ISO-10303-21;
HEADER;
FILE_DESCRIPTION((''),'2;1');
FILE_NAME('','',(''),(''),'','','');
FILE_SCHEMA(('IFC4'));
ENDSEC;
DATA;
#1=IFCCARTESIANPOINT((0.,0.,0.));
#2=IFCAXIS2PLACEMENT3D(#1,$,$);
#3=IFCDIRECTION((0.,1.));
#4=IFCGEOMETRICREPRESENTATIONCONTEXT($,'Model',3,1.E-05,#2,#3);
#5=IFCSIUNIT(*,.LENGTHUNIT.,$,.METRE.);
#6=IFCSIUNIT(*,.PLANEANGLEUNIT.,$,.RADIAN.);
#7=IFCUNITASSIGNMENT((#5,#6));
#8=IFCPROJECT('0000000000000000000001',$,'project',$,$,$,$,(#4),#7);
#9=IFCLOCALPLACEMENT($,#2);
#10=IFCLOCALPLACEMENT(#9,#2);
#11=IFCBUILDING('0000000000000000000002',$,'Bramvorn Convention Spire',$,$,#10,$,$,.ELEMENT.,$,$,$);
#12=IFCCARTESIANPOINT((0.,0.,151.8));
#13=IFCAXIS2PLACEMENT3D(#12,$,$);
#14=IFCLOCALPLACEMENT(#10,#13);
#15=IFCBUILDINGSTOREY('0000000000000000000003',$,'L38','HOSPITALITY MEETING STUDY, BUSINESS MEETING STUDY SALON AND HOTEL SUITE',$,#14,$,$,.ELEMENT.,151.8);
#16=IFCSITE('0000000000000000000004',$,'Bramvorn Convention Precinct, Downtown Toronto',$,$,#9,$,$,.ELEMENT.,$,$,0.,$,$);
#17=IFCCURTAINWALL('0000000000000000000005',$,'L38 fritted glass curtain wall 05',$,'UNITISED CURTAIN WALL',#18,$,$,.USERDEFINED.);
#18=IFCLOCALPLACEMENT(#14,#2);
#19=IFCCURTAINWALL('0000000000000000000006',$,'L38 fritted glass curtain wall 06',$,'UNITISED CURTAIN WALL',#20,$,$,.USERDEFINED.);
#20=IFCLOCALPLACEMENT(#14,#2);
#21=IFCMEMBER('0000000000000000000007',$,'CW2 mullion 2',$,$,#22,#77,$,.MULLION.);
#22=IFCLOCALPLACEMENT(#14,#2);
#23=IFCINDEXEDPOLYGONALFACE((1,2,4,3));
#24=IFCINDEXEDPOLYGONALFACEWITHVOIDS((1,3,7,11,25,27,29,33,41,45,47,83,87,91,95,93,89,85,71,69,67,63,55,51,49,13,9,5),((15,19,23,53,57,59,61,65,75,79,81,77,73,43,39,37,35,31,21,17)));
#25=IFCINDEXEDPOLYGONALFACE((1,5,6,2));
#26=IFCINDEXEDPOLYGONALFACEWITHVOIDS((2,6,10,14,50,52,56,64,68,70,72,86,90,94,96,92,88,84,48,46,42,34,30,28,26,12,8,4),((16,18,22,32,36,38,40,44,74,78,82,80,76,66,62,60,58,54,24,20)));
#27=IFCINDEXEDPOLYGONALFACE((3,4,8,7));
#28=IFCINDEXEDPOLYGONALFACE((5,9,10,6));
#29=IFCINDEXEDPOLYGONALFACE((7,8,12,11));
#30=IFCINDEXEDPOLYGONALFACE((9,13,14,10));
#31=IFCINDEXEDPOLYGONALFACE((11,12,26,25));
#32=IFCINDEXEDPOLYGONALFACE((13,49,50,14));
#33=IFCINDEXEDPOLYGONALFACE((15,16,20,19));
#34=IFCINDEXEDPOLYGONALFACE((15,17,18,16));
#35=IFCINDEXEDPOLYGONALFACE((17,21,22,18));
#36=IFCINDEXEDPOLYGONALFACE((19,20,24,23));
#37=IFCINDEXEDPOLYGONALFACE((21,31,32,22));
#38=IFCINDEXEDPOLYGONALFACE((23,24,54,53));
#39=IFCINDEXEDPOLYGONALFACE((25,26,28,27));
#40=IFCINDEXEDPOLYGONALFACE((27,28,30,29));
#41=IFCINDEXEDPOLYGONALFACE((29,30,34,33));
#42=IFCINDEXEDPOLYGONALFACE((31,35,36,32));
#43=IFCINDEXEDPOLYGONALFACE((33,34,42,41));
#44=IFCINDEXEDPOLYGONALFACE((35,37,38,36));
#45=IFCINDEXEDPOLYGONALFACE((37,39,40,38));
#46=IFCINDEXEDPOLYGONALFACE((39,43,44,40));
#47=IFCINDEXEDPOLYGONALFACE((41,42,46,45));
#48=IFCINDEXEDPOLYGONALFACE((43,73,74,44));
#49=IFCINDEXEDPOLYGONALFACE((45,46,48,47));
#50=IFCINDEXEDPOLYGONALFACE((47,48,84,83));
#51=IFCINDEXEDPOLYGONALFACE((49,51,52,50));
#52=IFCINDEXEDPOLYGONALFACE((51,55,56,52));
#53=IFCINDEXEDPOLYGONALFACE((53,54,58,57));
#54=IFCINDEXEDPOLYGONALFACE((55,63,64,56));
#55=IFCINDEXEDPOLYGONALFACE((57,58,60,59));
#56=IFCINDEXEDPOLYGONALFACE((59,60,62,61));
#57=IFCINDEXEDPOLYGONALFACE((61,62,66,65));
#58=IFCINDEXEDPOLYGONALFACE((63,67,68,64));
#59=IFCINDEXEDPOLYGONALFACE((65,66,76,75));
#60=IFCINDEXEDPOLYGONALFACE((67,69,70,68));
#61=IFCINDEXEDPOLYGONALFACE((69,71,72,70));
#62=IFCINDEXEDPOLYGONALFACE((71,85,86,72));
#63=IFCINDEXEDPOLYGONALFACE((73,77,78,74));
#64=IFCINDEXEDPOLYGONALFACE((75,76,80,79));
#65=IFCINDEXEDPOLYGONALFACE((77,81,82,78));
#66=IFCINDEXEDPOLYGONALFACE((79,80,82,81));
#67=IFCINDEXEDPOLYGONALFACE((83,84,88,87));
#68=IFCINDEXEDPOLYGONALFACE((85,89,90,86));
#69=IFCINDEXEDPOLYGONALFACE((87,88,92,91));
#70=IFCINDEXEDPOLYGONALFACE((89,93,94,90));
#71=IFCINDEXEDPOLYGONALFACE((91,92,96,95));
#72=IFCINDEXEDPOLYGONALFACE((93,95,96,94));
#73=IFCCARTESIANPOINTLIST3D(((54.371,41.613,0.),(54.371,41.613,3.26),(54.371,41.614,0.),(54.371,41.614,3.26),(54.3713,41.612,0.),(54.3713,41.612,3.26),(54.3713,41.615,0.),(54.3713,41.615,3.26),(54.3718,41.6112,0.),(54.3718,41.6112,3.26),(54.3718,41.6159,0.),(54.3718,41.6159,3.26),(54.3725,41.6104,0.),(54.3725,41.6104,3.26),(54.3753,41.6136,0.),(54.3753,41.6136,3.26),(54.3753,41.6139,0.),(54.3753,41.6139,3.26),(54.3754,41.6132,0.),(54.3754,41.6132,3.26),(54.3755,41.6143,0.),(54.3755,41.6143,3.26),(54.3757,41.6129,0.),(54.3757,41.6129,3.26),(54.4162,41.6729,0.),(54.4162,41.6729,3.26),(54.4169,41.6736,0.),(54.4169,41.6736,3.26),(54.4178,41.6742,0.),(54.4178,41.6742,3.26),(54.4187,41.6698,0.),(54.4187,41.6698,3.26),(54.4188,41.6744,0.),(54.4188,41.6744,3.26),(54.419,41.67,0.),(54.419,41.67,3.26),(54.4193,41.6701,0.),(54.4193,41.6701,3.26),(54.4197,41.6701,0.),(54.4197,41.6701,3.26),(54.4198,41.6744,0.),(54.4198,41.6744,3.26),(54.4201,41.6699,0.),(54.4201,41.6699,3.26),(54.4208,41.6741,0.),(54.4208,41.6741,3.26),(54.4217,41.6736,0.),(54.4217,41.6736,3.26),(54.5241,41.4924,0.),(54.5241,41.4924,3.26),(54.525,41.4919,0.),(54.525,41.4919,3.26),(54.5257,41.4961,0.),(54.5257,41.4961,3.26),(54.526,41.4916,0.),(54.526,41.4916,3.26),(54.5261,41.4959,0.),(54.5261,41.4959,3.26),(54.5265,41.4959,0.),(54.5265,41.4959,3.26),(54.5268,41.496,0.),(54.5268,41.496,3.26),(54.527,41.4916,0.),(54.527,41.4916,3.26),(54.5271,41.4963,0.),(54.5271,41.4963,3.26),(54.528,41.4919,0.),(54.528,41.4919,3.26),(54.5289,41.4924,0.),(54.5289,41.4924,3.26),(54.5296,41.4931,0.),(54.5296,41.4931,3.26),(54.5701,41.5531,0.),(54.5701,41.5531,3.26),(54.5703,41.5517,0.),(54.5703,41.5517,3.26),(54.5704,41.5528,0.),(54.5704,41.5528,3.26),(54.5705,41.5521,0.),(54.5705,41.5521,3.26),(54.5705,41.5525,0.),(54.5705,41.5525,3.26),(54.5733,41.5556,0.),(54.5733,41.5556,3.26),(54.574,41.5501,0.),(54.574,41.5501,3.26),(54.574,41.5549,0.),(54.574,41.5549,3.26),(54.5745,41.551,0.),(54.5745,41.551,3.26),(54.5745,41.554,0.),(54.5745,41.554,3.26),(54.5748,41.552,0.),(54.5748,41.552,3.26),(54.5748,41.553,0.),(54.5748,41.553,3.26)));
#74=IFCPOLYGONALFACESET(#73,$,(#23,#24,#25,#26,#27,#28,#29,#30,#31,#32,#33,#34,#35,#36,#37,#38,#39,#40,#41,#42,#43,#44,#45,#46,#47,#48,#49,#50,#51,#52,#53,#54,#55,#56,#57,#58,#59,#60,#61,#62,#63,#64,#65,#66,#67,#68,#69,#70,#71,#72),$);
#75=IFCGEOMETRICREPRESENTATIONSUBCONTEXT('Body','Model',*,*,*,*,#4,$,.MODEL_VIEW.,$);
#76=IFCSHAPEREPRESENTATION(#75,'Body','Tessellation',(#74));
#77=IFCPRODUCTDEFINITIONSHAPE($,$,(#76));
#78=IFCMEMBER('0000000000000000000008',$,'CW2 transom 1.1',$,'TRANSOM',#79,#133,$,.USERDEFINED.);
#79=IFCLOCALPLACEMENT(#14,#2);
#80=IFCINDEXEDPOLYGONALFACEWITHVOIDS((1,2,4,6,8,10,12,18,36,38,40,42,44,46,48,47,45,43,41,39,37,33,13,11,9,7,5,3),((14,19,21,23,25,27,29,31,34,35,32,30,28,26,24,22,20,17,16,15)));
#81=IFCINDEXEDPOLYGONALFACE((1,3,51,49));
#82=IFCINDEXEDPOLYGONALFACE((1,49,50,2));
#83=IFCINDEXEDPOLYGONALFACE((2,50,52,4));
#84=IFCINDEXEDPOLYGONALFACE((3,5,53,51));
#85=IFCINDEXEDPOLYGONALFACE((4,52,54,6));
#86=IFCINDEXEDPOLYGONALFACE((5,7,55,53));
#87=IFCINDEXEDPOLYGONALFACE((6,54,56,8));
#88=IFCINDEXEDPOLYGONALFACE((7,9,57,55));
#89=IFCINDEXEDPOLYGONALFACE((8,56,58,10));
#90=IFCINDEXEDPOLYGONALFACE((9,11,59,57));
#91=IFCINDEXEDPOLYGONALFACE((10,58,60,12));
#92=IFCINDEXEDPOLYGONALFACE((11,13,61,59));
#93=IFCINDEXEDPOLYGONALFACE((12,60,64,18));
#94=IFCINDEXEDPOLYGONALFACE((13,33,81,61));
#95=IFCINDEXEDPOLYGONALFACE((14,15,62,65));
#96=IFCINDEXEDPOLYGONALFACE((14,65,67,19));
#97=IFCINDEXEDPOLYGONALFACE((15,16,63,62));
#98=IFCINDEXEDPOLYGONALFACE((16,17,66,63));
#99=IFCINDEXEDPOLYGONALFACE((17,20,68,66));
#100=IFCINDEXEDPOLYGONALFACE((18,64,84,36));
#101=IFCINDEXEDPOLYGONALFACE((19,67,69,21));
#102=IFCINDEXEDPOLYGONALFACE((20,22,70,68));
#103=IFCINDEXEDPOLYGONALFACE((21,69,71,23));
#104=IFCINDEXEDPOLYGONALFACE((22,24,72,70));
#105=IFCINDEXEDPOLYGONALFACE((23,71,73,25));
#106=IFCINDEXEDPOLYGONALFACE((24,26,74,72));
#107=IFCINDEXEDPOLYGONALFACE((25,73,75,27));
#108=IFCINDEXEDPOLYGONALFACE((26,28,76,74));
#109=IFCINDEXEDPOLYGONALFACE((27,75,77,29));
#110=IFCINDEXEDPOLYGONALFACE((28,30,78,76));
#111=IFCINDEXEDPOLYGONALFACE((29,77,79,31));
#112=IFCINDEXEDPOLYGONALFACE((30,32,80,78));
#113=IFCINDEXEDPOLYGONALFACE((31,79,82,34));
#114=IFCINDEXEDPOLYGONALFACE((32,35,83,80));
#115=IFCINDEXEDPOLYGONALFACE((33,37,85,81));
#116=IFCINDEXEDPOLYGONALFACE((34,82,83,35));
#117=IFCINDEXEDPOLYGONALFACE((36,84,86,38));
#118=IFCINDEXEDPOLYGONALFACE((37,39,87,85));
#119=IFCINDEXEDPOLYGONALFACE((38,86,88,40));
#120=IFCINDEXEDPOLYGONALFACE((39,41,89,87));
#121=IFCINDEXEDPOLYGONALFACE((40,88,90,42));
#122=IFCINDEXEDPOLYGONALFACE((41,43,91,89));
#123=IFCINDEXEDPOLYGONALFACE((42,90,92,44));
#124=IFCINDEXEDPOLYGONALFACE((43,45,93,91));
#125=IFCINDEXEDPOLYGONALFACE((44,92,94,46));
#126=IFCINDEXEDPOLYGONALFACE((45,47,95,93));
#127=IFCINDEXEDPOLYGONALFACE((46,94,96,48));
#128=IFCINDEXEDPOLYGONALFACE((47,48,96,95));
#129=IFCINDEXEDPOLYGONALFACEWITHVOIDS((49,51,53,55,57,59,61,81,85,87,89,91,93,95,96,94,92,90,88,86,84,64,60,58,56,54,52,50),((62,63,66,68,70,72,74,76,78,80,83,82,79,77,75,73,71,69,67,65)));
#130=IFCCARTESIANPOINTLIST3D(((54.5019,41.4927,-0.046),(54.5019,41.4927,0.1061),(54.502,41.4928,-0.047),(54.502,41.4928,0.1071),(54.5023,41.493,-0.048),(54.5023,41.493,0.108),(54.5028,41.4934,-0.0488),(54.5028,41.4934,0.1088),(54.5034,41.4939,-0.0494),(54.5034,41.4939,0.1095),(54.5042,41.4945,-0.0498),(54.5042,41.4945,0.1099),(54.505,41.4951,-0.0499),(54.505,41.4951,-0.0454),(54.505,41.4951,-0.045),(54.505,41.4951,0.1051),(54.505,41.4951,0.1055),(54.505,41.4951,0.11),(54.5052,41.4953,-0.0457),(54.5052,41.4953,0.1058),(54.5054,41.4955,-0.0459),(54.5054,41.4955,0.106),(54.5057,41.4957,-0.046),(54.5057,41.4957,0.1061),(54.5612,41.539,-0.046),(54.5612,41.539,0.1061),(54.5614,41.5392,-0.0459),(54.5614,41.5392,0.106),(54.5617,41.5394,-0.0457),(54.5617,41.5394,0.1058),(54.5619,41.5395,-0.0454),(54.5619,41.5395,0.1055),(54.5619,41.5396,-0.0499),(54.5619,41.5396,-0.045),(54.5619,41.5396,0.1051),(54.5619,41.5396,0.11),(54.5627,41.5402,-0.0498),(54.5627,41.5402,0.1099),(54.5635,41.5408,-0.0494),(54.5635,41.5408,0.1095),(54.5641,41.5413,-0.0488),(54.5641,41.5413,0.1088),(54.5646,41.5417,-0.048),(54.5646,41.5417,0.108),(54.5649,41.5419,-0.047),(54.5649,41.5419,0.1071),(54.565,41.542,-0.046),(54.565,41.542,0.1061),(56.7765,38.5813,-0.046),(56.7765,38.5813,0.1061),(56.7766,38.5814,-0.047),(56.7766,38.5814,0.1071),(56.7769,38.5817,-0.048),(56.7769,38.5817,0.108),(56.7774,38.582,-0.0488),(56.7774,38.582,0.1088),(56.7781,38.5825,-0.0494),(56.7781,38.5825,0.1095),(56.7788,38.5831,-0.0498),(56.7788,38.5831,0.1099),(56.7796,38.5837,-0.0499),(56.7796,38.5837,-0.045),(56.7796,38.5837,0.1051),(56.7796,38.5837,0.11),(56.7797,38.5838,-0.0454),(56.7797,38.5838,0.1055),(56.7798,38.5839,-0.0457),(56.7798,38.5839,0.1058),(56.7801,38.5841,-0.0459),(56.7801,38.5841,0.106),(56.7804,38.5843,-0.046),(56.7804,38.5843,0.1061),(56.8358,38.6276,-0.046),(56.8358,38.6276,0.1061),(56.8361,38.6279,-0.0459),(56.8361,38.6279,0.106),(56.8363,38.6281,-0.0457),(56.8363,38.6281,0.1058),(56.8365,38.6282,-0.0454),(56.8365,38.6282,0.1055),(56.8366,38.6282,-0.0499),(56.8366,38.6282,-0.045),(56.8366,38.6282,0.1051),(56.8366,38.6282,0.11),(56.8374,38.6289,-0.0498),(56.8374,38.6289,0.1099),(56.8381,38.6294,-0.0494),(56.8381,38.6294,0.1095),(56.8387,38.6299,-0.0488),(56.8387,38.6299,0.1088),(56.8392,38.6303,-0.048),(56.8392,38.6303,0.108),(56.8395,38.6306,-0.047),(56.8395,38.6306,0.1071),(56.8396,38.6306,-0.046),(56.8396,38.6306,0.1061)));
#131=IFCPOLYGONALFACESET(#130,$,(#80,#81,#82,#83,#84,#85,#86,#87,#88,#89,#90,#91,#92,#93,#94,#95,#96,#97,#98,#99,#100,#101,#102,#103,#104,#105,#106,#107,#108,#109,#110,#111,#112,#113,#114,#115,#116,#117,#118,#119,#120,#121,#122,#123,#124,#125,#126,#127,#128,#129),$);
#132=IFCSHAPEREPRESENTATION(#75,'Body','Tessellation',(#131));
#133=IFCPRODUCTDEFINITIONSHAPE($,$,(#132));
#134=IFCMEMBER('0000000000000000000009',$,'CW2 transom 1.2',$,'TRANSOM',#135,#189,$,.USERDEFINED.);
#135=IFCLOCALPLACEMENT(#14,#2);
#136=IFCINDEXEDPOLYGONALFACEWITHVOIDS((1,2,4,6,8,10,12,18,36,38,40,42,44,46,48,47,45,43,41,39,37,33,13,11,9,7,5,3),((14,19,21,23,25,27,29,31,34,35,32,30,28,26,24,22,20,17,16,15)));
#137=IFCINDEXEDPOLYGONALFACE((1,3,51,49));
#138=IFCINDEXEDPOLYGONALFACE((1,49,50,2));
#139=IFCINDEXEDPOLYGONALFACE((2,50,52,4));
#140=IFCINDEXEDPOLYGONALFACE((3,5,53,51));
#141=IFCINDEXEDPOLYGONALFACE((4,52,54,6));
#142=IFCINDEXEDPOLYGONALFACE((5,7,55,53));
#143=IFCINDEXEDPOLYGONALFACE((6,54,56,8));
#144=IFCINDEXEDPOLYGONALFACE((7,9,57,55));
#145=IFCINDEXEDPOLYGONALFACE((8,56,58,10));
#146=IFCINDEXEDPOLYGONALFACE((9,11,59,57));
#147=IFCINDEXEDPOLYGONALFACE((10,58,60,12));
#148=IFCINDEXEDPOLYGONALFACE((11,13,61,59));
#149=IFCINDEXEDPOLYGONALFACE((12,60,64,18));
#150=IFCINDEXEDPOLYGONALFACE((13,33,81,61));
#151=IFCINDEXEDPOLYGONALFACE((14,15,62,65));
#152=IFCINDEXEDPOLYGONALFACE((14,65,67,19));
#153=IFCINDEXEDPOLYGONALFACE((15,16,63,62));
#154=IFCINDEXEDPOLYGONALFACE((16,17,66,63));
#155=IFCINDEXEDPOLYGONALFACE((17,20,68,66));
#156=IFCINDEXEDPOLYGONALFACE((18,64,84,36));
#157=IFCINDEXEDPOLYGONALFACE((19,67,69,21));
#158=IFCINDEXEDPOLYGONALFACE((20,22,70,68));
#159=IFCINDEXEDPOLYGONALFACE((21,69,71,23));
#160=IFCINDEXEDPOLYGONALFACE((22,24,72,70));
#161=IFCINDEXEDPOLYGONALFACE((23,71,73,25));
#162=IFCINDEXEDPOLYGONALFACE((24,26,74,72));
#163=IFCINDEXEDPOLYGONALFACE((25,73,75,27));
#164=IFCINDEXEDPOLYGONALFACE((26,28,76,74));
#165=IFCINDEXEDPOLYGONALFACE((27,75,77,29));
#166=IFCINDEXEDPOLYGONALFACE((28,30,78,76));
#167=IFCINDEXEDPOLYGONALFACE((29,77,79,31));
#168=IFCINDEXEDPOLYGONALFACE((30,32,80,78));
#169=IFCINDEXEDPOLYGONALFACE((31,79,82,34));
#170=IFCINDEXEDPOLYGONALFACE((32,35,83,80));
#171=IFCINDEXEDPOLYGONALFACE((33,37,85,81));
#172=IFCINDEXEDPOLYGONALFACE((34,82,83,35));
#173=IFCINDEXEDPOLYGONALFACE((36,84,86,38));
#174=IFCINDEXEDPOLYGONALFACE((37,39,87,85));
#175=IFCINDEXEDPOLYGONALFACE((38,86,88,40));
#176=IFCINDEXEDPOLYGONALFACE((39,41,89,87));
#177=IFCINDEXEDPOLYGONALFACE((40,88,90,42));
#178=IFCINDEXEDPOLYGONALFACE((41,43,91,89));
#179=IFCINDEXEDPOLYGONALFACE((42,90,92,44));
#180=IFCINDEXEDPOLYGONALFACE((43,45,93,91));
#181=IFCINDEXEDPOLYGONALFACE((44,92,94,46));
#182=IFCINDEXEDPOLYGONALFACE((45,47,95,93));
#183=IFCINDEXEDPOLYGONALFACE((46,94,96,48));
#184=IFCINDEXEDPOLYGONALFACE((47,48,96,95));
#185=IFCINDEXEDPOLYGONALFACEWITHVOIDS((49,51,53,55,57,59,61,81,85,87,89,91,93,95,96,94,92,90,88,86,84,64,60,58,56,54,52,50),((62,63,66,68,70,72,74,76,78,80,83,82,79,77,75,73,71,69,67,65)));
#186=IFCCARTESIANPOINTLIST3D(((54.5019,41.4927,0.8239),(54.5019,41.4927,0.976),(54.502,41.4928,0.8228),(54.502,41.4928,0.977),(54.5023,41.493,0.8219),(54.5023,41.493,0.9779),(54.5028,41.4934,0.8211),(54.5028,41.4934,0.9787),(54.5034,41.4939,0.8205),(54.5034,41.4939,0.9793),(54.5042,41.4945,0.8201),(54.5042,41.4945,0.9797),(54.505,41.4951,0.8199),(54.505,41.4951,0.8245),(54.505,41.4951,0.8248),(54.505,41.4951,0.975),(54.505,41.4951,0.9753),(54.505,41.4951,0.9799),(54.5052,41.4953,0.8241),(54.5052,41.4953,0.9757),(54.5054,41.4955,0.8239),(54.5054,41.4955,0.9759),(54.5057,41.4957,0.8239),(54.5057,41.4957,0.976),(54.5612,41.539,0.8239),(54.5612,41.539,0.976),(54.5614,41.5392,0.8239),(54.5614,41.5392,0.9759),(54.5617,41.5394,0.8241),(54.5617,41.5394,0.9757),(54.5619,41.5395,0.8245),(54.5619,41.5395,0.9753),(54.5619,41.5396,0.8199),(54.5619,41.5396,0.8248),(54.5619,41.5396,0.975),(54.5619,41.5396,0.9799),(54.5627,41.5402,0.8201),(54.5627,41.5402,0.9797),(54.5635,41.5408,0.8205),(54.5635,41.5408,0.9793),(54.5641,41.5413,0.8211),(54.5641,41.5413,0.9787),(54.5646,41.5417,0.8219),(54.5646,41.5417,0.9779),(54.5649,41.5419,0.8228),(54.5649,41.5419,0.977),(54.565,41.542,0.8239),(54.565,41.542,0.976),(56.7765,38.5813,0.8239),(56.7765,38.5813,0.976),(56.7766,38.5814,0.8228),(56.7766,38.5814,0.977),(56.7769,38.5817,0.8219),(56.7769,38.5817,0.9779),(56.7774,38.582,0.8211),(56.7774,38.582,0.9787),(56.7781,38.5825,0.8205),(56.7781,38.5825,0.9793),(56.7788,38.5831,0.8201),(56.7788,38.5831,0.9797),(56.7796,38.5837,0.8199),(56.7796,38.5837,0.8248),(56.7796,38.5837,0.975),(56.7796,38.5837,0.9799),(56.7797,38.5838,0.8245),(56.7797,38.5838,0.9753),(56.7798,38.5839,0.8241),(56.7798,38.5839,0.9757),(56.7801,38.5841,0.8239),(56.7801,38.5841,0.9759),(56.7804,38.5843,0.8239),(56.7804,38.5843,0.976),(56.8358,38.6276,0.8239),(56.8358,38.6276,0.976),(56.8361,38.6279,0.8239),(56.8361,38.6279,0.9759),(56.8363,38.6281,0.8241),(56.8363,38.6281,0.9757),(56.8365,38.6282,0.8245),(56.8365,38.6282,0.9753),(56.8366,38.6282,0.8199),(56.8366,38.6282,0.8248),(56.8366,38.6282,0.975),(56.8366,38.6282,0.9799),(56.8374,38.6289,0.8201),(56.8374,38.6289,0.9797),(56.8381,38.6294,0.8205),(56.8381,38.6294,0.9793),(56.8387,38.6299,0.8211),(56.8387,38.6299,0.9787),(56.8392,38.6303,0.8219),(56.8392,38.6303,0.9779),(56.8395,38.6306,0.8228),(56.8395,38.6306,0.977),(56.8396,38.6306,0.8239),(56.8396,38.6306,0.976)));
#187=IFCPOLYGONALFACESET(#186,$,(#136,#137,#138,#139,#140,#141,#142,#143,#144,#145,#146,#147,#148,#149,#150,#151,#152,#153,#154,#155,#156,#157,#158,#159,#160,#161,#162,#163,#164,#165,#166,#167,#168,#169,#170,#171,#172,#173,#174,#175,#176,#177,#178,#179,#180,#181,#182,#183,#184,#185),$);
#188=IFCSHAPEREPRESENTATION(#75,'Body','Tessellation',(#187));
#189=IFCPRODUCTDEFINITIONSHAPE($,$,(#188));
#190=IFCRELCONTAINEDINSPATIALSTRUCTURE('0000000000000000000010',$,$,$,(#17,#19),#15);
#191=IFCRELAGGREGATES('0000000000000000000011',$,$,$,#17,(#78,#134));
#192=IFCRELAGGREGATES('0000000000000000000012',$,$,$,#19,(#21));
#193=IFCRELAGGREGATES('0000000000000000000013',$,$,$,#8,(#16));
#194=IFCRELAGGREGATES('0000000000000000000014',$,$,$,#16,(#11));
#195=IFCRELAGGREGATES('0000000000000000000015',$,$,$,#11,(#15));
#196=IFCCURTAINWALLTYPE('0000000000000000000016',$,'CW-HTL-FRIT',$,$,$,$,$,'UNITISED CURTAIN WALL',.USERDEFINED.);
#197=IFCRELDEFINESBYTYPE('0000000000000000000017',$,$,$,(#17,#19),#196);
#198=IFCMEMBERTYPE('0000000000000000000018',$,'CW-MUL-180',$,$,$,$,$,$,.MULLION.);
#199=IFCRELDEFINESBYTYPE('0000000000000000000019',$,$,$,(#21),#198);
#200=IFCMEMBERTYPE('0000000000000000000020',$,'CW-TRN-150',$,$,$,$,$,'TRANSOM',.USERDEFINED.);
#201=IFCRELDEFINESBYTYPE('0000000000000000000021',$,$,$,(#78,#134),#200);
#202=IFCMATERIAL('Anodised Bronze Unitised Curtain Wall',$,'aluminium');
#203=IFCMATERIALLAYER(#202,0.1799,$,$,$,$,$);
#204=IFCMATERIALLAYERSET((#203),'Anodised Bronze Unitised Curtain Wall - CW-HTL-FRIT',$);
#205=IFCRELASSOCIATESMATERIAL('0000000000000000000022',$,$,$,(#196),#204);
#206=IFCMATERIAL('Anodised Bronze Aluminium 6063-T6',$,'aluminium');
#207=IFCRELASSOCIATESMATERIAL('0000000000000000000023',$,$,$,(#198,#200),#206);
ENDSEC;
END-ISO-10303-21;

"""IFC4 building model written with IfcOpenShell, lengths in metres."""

from ifc_helpers import new_model, si_unit, direction, frame, origin, origin_2d, place, context, subcontext, project, spatial, hollow_rectangle, extrude, material, layer, layer_set, material_profile, profile_set, type_object, element, aggregate, save


model = new_model("IFC4")

# Units and contexts
model_context = context("Model", 3, precision=1e-05, world=origin(), true_north=direction((0.0, 1.0)))
body_context = subcontext(model_context, "Body", "Model", "MODEL_VIEW")
ifc_project = project(units=[si_unit("LENGTHUNIT", "METRE"), si_unit("PLANEANGLEUNIT", "RADIAN")], contexts=[model_context])

# Site, building, storey
site_placement = place(None, origin())
site = spatial("IfcSite", under=ifc_project, at=site_placement, Name="Bramvorn Convention Precinct, Downtown Toronto", CompositionType="ELEMENT", RefElevation=0.0)
building_placement = place(site_placement, origin())
building = spatial("IfcBuilding", under=site, at=building_placement, Name="Bramvorn Convention Spire", CompositionType="ELEMENT")
storey_placement = place(building_placement, frame((0.0, 0.0, 151.8)))
storey = spatial("IfcBuildingStorey", under=building, at=storey_placement, Name="L38", Description="HOSPITALITY MEETING STUDY, BUSINESS MEETING STUDY SALON AND HOTEL SUITE", CompositionType="ELEMENT", Elevation=151.8)

# Curtain walls, member
ifc_material_1 = material(Name="Anodised Bronze Unitised Curtain Wall", Category="aluminium")
ifc_layer_1 = layer(ifc_material_1, 0.1799)
ifc_layer_set_1 = layer_set([ifc_layer_1], Name="Anodised Bronze Unitised Curtain Wall - CW-HTL-FRIT")
curtain_wall_type = type_object("IfcCurtainWallType", Name="CW-HTL-FRIT", ElementType="UNITISED CURTAIN WALL", PredefinedType="USERDEFINED", material=ifc_layer_set_1)
curtain_wall_1_placement = place(storey_placement, origin())
curtain_wall_1 = element("IfcCurtainWall", 1, at=curtain_wall_1_placement, inside=storey, type_object=curtain_wall_type, Name="L38 fritted glass curtain wall 05", ObjectType="UNITISED CURTAIN WALL", PredefinedType="USERDEFINED")
ifc_material_2 = material(Name="Anodised Bronze Aluminium 6063-T6", Category="aluminium")
ifc_material_profile_1 = material_profile(ifc_material_2, hollow_rectangle(XDim=0.0801, YDim=0.2, WallThickness=0.0039, InnerFilletRadius=0.001, OuterFilletRadius=0.0039, at=origin_2d()))
ifc_profile_set_1 = profile_set([ifc_material_profile_1], Name="Anodised Bronze Aluminium 6063-T6 - CWM80X200")
member_type_1 = type_object("IfcMemberType", Name="CW-MUL-180", PredefinedType="MULLION", material=ifc_profile_set_1)
curtain_wall_2_placement = place(storey_placement, origin())
curtain_wall_2 = element("IfcCurtainWall", 2, at=curtain_wall_2_placement, inside=storey, type_object=curtain_wall_type, Name="L38 fritted glass curtain wall 06", ObjectType="UNITISED CURTAIN WALL", PredefinedType="USERDEFINED")
member_1_placement = place(storey_placement, frame((54.4729, 41.583, 0.0), z_axis=(0.0, 0.0, 1.0), x_axis=(0.614258, 0.789105, 0.0)))
member_1 = element("IfcMember", 3, at=member_1_placement, type_object=member_type_1, Name="CW2 mullion 2", PredefinedType="MULLION", context=body_context, shape_type="SweptSolid", body=[
    extrude(hollow_rectangle(XDim=0.0801, YDim=0.2, WallThickness=0.0039, InnerFilletRadius=0.001, OuterFilletRadius=0.0039, at=origin_2d()), origin(), (0.0, 0.0, 1.0), 3.26),
])

# Members
ifc_material_profile_2 = material_profile(ifc_material_2, hollow_rectangle(XDim=0.0801, YDim=0.1599, WallThickness=0.0039, InnerFilletRadius=0.001, OuterFilletRadius=0.0039, at=origin_2d()))
ifc_profile_set_2 = profile_set([ifc_material_profile_2], Name="Anodised Bronze Aluminium 6063-T6 - CWT80X160")
member_type_2 = type_object("IfcMemberType", Name="CW-TRN-150", ElementType="TRANSOM", PredefinedType="USERDEFINED", material=ifc_profile_set_2)
member_2_placement = place(storey_placement, frame((54.5334, 41.5173, 0.03), z_axis=(0.615668, -0.788005, 0.0), x_axis=(0.788005, 0.615668, 0.0)))
member_2 = element("IfcMember", 4, at=member_2_placement, type_object=member_type_2, Name="CW2 transom 1.1", ObjectType="TRANSOM", PredefinedType="USERDEFINED", context=body_context, shape_type="SweptSolid", body=[
    extrude(hollow_rectangle(XDim=0.0801, YDim=0.1599, WallThickness=0.0039, InnerFilletRadius=0.001, OuterFilletRadius=0.0039, at=origin_2d()), origin(), (0.0, 0.0, 1.0), 3.6946),
])
member_3_placement = place(storey_placement, frame((54.5334, 41.5173, 0.8999), z_axis=(0.615668, -0.788005, 0.0), x_axis=(0.788005, 0.615668, 0.0)))
member_3 = element("IfcMember", 5, at=member_3_placement, type_object=member_type_2, Name="CW2 transom 1.2", ObjectType="TRANSOM", PredefinedType="USERDEFINED", context=body_context, shape_type="SweptSolid", body=[
    extrude(hollow_rectangle(XDim=0.0801, YDim=0.1599, WallThickness=0.0039, InnerFilletRadius=0.001, OuterFilletRadius=0.0039, at=origin_2d()), origin(), (0.0, 0.0, 1.0), 3.6946),
])

aggregate(curtain_wall_1, [member_2, member_3])
aggregate(curtain_wall_2, [member_1])

save(model, "model.ifc")
